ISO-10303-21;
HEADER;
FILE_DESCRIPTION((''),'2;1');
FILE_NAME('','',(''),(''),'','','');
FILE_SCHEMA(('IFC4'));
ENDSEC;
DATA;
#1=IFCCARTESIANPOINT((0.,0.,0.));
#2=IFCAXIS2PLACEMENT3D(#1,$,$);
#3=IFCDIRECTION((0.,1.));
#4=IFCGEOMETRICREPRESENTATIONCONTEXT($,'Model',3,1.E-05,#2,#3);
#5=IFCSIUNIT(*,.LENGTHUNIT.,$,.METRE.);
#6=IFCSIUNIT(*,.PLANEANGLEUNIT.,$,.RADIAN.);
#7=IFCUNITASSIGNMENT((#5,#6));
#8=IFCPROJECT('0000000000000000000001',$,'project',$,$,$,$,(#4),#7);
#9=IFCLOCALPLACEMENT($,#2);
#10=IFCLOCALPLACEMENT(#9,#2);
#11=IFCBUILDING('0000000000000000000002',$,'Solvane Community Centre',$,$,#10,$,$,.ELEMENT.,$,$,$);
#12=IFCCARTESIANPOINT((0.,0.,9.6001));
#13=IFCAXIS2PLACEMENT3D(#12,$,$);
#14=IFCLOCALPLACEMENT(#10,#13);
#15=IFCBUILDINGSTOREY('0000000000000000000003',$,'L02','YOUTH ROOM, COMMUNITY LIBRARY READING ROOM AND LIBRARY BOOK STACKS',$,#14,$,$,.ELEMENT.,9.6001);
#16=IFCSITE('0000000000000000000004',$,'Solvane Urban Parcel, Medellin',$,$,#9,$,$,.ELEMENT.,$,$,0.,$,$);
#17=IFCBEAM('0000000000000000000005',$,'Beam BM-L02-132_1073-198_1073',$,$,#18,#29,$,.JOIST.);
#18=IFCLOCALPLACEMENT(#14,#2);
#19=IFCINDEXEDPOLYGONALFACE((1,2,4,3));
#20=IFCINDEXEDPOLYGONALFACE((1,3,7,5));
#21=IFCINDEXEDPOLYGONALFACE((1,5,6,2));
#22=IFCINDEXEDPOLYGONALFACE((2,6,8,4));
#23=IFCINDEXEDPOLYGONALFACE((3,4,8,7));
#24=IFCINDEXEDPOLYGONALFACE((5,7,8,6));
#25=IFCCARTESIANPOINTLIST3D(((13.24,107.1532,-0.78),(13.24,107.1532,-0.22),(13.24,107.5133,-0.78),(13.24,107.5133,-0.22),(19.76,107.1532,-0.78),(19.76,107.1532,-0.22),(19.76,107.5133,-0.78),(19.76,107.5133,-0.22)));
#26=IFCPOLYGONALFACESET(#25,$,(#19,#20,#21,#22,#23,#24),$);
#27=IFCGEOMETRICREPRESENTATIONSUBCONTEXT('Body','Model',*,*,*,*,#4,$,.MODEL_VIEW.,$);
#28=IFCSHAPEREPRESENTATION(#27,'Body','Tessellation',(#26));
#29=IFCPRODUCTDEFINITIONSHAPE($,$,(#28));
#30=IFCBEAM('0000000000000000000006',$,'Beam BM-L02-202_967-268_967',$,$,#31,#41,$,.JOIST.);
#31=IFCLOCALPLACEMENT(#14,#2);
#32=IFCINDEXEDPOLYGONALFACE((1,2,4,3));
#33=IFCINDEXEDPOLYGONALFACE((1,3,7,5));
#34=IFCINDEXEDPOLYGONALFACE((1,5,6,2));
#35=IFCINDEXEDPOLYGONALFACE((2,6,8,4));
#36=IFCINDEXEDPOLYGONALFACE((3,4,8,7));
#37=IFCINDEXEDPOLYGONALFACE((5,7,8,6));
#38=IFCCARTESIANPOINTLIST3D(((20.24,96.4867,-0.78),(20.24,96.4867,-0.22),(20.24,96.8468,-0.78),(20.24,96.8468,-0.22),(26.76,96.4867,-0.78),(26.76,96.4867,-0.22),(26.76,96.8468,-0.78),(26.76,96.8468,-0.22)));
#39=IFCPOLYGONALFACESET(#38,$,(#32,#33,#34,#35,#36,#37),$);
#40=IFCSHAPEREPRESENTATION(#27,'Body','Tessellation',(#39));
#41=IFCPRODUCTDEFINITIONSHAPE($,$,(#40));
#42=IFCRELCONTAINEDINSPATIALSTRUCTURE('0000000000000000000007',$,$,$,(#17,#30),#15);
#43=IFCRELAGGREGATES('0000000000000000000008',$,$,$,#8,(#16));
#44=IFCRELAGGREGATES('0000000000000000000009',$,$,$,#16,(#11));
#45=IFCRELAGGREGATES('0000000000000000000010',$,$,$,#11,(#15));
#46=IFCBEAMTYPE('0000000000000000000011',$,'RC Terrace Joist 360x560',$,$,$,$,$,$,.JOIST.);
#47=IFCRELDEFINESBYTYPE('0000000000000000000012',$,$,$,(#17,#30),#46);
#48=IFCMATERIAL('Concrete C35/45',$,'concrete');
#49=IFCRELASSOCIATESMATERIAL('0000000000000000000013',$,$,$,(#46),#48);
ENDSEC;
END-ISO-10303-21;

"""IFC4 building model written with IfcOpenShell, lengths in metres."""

from ifc_helpers import new_model, si_unit, direction, frame, origin, origin_2d, place, context, subcontext, project, spatial, rectangle, extrude, material, material_profile, profile_set, type_object, element, save


model = new_model("IFC4")

# Units and contexts
model_context = context("Model", 3, precision=1e-05, world=origin(), true_north=direction((0.0, 1.0)))
body_context = subcontext(model_context, "Body", "Model", "MODEL_VIEW")
ifc_project = project(units=[si_unit("LENGTHUNIT", "METRE"), si_unit("PLANEANGLEUNIT", "RADIAN")], contexts=[model_context])

# Site, building, storey
site_placement = place(None, origin())
site = spatial("IfcSite", under=ifc_project, at=site_placement, Name="Solvane Urban Parcel, Medellin", CompositionType="ELEMENT", RefElevation=0.0)
building_placement = place(site_placement, origin())
building = spatial("IfcBuilding", under=site, at=building_placement, Name="Solvane Community Centre", CompositionType="ELEMENT")
storey_placement = place(building_placement, frame((0.0, 0.0, 9.6001)))
storey = spatial("IfcBuildingStorey", under=building, at=storey_placement, Name="L02", Description="YOUTH ROOM, COMMUNITY LIBRARY READING ROOM AND LIBRARY BOOK STACKS", CompositionType="ELEMENT", Elevation=9.6001)

# Beams
ifc_material = material(Name="Concrete C35/45", Category="concrete")
ifc_material_profile_1 = material_profile(ifc_material, rectangle(XDim=0.3601, YDim=0.5601, at=origin_2d()), Name="RC 360x560")
ifc_profile_set_1 = profile_set([ifc_material_profile_1], Name="Concrete C35/45")
beam_type_1 = type_object("IfcBeamType", Name="RC Terrace Joist 360x560", PredefinedType="JOIST", material=ifc_profile_set_1)
for number, where, z_axis, x_axis, name in (
    (1, (13.24, 107.3333, -0.5), (1.0, 0.0, 0.0), (0.0, 1.0, 0.0), "Beam BM-L02-132_1073-198_1073"),
    (2, (20.24, 96.6667, -0.5), (1.0, 0.0, 0.0), (0.0, 1.0, 0.0), "Beam BM-L02-202_967-268_967"),
):
    element("IfcBeam", number, at=place(storey_placement, frame(where, z_axis=z_axis, x_axis=x_axis)), inside=storey, type_object=beam_type_1, Name=name, PredefinedType="JOIST", context=body_context, shape_type="SweptSolid", body=[
        extrude(rectangle(XDim=0.3601, YDim=0.5601, at=origin_2d()), origin(), (0.0, 0.0, 1.0), 6.52),
    ])

save(model, "model.ifc")
